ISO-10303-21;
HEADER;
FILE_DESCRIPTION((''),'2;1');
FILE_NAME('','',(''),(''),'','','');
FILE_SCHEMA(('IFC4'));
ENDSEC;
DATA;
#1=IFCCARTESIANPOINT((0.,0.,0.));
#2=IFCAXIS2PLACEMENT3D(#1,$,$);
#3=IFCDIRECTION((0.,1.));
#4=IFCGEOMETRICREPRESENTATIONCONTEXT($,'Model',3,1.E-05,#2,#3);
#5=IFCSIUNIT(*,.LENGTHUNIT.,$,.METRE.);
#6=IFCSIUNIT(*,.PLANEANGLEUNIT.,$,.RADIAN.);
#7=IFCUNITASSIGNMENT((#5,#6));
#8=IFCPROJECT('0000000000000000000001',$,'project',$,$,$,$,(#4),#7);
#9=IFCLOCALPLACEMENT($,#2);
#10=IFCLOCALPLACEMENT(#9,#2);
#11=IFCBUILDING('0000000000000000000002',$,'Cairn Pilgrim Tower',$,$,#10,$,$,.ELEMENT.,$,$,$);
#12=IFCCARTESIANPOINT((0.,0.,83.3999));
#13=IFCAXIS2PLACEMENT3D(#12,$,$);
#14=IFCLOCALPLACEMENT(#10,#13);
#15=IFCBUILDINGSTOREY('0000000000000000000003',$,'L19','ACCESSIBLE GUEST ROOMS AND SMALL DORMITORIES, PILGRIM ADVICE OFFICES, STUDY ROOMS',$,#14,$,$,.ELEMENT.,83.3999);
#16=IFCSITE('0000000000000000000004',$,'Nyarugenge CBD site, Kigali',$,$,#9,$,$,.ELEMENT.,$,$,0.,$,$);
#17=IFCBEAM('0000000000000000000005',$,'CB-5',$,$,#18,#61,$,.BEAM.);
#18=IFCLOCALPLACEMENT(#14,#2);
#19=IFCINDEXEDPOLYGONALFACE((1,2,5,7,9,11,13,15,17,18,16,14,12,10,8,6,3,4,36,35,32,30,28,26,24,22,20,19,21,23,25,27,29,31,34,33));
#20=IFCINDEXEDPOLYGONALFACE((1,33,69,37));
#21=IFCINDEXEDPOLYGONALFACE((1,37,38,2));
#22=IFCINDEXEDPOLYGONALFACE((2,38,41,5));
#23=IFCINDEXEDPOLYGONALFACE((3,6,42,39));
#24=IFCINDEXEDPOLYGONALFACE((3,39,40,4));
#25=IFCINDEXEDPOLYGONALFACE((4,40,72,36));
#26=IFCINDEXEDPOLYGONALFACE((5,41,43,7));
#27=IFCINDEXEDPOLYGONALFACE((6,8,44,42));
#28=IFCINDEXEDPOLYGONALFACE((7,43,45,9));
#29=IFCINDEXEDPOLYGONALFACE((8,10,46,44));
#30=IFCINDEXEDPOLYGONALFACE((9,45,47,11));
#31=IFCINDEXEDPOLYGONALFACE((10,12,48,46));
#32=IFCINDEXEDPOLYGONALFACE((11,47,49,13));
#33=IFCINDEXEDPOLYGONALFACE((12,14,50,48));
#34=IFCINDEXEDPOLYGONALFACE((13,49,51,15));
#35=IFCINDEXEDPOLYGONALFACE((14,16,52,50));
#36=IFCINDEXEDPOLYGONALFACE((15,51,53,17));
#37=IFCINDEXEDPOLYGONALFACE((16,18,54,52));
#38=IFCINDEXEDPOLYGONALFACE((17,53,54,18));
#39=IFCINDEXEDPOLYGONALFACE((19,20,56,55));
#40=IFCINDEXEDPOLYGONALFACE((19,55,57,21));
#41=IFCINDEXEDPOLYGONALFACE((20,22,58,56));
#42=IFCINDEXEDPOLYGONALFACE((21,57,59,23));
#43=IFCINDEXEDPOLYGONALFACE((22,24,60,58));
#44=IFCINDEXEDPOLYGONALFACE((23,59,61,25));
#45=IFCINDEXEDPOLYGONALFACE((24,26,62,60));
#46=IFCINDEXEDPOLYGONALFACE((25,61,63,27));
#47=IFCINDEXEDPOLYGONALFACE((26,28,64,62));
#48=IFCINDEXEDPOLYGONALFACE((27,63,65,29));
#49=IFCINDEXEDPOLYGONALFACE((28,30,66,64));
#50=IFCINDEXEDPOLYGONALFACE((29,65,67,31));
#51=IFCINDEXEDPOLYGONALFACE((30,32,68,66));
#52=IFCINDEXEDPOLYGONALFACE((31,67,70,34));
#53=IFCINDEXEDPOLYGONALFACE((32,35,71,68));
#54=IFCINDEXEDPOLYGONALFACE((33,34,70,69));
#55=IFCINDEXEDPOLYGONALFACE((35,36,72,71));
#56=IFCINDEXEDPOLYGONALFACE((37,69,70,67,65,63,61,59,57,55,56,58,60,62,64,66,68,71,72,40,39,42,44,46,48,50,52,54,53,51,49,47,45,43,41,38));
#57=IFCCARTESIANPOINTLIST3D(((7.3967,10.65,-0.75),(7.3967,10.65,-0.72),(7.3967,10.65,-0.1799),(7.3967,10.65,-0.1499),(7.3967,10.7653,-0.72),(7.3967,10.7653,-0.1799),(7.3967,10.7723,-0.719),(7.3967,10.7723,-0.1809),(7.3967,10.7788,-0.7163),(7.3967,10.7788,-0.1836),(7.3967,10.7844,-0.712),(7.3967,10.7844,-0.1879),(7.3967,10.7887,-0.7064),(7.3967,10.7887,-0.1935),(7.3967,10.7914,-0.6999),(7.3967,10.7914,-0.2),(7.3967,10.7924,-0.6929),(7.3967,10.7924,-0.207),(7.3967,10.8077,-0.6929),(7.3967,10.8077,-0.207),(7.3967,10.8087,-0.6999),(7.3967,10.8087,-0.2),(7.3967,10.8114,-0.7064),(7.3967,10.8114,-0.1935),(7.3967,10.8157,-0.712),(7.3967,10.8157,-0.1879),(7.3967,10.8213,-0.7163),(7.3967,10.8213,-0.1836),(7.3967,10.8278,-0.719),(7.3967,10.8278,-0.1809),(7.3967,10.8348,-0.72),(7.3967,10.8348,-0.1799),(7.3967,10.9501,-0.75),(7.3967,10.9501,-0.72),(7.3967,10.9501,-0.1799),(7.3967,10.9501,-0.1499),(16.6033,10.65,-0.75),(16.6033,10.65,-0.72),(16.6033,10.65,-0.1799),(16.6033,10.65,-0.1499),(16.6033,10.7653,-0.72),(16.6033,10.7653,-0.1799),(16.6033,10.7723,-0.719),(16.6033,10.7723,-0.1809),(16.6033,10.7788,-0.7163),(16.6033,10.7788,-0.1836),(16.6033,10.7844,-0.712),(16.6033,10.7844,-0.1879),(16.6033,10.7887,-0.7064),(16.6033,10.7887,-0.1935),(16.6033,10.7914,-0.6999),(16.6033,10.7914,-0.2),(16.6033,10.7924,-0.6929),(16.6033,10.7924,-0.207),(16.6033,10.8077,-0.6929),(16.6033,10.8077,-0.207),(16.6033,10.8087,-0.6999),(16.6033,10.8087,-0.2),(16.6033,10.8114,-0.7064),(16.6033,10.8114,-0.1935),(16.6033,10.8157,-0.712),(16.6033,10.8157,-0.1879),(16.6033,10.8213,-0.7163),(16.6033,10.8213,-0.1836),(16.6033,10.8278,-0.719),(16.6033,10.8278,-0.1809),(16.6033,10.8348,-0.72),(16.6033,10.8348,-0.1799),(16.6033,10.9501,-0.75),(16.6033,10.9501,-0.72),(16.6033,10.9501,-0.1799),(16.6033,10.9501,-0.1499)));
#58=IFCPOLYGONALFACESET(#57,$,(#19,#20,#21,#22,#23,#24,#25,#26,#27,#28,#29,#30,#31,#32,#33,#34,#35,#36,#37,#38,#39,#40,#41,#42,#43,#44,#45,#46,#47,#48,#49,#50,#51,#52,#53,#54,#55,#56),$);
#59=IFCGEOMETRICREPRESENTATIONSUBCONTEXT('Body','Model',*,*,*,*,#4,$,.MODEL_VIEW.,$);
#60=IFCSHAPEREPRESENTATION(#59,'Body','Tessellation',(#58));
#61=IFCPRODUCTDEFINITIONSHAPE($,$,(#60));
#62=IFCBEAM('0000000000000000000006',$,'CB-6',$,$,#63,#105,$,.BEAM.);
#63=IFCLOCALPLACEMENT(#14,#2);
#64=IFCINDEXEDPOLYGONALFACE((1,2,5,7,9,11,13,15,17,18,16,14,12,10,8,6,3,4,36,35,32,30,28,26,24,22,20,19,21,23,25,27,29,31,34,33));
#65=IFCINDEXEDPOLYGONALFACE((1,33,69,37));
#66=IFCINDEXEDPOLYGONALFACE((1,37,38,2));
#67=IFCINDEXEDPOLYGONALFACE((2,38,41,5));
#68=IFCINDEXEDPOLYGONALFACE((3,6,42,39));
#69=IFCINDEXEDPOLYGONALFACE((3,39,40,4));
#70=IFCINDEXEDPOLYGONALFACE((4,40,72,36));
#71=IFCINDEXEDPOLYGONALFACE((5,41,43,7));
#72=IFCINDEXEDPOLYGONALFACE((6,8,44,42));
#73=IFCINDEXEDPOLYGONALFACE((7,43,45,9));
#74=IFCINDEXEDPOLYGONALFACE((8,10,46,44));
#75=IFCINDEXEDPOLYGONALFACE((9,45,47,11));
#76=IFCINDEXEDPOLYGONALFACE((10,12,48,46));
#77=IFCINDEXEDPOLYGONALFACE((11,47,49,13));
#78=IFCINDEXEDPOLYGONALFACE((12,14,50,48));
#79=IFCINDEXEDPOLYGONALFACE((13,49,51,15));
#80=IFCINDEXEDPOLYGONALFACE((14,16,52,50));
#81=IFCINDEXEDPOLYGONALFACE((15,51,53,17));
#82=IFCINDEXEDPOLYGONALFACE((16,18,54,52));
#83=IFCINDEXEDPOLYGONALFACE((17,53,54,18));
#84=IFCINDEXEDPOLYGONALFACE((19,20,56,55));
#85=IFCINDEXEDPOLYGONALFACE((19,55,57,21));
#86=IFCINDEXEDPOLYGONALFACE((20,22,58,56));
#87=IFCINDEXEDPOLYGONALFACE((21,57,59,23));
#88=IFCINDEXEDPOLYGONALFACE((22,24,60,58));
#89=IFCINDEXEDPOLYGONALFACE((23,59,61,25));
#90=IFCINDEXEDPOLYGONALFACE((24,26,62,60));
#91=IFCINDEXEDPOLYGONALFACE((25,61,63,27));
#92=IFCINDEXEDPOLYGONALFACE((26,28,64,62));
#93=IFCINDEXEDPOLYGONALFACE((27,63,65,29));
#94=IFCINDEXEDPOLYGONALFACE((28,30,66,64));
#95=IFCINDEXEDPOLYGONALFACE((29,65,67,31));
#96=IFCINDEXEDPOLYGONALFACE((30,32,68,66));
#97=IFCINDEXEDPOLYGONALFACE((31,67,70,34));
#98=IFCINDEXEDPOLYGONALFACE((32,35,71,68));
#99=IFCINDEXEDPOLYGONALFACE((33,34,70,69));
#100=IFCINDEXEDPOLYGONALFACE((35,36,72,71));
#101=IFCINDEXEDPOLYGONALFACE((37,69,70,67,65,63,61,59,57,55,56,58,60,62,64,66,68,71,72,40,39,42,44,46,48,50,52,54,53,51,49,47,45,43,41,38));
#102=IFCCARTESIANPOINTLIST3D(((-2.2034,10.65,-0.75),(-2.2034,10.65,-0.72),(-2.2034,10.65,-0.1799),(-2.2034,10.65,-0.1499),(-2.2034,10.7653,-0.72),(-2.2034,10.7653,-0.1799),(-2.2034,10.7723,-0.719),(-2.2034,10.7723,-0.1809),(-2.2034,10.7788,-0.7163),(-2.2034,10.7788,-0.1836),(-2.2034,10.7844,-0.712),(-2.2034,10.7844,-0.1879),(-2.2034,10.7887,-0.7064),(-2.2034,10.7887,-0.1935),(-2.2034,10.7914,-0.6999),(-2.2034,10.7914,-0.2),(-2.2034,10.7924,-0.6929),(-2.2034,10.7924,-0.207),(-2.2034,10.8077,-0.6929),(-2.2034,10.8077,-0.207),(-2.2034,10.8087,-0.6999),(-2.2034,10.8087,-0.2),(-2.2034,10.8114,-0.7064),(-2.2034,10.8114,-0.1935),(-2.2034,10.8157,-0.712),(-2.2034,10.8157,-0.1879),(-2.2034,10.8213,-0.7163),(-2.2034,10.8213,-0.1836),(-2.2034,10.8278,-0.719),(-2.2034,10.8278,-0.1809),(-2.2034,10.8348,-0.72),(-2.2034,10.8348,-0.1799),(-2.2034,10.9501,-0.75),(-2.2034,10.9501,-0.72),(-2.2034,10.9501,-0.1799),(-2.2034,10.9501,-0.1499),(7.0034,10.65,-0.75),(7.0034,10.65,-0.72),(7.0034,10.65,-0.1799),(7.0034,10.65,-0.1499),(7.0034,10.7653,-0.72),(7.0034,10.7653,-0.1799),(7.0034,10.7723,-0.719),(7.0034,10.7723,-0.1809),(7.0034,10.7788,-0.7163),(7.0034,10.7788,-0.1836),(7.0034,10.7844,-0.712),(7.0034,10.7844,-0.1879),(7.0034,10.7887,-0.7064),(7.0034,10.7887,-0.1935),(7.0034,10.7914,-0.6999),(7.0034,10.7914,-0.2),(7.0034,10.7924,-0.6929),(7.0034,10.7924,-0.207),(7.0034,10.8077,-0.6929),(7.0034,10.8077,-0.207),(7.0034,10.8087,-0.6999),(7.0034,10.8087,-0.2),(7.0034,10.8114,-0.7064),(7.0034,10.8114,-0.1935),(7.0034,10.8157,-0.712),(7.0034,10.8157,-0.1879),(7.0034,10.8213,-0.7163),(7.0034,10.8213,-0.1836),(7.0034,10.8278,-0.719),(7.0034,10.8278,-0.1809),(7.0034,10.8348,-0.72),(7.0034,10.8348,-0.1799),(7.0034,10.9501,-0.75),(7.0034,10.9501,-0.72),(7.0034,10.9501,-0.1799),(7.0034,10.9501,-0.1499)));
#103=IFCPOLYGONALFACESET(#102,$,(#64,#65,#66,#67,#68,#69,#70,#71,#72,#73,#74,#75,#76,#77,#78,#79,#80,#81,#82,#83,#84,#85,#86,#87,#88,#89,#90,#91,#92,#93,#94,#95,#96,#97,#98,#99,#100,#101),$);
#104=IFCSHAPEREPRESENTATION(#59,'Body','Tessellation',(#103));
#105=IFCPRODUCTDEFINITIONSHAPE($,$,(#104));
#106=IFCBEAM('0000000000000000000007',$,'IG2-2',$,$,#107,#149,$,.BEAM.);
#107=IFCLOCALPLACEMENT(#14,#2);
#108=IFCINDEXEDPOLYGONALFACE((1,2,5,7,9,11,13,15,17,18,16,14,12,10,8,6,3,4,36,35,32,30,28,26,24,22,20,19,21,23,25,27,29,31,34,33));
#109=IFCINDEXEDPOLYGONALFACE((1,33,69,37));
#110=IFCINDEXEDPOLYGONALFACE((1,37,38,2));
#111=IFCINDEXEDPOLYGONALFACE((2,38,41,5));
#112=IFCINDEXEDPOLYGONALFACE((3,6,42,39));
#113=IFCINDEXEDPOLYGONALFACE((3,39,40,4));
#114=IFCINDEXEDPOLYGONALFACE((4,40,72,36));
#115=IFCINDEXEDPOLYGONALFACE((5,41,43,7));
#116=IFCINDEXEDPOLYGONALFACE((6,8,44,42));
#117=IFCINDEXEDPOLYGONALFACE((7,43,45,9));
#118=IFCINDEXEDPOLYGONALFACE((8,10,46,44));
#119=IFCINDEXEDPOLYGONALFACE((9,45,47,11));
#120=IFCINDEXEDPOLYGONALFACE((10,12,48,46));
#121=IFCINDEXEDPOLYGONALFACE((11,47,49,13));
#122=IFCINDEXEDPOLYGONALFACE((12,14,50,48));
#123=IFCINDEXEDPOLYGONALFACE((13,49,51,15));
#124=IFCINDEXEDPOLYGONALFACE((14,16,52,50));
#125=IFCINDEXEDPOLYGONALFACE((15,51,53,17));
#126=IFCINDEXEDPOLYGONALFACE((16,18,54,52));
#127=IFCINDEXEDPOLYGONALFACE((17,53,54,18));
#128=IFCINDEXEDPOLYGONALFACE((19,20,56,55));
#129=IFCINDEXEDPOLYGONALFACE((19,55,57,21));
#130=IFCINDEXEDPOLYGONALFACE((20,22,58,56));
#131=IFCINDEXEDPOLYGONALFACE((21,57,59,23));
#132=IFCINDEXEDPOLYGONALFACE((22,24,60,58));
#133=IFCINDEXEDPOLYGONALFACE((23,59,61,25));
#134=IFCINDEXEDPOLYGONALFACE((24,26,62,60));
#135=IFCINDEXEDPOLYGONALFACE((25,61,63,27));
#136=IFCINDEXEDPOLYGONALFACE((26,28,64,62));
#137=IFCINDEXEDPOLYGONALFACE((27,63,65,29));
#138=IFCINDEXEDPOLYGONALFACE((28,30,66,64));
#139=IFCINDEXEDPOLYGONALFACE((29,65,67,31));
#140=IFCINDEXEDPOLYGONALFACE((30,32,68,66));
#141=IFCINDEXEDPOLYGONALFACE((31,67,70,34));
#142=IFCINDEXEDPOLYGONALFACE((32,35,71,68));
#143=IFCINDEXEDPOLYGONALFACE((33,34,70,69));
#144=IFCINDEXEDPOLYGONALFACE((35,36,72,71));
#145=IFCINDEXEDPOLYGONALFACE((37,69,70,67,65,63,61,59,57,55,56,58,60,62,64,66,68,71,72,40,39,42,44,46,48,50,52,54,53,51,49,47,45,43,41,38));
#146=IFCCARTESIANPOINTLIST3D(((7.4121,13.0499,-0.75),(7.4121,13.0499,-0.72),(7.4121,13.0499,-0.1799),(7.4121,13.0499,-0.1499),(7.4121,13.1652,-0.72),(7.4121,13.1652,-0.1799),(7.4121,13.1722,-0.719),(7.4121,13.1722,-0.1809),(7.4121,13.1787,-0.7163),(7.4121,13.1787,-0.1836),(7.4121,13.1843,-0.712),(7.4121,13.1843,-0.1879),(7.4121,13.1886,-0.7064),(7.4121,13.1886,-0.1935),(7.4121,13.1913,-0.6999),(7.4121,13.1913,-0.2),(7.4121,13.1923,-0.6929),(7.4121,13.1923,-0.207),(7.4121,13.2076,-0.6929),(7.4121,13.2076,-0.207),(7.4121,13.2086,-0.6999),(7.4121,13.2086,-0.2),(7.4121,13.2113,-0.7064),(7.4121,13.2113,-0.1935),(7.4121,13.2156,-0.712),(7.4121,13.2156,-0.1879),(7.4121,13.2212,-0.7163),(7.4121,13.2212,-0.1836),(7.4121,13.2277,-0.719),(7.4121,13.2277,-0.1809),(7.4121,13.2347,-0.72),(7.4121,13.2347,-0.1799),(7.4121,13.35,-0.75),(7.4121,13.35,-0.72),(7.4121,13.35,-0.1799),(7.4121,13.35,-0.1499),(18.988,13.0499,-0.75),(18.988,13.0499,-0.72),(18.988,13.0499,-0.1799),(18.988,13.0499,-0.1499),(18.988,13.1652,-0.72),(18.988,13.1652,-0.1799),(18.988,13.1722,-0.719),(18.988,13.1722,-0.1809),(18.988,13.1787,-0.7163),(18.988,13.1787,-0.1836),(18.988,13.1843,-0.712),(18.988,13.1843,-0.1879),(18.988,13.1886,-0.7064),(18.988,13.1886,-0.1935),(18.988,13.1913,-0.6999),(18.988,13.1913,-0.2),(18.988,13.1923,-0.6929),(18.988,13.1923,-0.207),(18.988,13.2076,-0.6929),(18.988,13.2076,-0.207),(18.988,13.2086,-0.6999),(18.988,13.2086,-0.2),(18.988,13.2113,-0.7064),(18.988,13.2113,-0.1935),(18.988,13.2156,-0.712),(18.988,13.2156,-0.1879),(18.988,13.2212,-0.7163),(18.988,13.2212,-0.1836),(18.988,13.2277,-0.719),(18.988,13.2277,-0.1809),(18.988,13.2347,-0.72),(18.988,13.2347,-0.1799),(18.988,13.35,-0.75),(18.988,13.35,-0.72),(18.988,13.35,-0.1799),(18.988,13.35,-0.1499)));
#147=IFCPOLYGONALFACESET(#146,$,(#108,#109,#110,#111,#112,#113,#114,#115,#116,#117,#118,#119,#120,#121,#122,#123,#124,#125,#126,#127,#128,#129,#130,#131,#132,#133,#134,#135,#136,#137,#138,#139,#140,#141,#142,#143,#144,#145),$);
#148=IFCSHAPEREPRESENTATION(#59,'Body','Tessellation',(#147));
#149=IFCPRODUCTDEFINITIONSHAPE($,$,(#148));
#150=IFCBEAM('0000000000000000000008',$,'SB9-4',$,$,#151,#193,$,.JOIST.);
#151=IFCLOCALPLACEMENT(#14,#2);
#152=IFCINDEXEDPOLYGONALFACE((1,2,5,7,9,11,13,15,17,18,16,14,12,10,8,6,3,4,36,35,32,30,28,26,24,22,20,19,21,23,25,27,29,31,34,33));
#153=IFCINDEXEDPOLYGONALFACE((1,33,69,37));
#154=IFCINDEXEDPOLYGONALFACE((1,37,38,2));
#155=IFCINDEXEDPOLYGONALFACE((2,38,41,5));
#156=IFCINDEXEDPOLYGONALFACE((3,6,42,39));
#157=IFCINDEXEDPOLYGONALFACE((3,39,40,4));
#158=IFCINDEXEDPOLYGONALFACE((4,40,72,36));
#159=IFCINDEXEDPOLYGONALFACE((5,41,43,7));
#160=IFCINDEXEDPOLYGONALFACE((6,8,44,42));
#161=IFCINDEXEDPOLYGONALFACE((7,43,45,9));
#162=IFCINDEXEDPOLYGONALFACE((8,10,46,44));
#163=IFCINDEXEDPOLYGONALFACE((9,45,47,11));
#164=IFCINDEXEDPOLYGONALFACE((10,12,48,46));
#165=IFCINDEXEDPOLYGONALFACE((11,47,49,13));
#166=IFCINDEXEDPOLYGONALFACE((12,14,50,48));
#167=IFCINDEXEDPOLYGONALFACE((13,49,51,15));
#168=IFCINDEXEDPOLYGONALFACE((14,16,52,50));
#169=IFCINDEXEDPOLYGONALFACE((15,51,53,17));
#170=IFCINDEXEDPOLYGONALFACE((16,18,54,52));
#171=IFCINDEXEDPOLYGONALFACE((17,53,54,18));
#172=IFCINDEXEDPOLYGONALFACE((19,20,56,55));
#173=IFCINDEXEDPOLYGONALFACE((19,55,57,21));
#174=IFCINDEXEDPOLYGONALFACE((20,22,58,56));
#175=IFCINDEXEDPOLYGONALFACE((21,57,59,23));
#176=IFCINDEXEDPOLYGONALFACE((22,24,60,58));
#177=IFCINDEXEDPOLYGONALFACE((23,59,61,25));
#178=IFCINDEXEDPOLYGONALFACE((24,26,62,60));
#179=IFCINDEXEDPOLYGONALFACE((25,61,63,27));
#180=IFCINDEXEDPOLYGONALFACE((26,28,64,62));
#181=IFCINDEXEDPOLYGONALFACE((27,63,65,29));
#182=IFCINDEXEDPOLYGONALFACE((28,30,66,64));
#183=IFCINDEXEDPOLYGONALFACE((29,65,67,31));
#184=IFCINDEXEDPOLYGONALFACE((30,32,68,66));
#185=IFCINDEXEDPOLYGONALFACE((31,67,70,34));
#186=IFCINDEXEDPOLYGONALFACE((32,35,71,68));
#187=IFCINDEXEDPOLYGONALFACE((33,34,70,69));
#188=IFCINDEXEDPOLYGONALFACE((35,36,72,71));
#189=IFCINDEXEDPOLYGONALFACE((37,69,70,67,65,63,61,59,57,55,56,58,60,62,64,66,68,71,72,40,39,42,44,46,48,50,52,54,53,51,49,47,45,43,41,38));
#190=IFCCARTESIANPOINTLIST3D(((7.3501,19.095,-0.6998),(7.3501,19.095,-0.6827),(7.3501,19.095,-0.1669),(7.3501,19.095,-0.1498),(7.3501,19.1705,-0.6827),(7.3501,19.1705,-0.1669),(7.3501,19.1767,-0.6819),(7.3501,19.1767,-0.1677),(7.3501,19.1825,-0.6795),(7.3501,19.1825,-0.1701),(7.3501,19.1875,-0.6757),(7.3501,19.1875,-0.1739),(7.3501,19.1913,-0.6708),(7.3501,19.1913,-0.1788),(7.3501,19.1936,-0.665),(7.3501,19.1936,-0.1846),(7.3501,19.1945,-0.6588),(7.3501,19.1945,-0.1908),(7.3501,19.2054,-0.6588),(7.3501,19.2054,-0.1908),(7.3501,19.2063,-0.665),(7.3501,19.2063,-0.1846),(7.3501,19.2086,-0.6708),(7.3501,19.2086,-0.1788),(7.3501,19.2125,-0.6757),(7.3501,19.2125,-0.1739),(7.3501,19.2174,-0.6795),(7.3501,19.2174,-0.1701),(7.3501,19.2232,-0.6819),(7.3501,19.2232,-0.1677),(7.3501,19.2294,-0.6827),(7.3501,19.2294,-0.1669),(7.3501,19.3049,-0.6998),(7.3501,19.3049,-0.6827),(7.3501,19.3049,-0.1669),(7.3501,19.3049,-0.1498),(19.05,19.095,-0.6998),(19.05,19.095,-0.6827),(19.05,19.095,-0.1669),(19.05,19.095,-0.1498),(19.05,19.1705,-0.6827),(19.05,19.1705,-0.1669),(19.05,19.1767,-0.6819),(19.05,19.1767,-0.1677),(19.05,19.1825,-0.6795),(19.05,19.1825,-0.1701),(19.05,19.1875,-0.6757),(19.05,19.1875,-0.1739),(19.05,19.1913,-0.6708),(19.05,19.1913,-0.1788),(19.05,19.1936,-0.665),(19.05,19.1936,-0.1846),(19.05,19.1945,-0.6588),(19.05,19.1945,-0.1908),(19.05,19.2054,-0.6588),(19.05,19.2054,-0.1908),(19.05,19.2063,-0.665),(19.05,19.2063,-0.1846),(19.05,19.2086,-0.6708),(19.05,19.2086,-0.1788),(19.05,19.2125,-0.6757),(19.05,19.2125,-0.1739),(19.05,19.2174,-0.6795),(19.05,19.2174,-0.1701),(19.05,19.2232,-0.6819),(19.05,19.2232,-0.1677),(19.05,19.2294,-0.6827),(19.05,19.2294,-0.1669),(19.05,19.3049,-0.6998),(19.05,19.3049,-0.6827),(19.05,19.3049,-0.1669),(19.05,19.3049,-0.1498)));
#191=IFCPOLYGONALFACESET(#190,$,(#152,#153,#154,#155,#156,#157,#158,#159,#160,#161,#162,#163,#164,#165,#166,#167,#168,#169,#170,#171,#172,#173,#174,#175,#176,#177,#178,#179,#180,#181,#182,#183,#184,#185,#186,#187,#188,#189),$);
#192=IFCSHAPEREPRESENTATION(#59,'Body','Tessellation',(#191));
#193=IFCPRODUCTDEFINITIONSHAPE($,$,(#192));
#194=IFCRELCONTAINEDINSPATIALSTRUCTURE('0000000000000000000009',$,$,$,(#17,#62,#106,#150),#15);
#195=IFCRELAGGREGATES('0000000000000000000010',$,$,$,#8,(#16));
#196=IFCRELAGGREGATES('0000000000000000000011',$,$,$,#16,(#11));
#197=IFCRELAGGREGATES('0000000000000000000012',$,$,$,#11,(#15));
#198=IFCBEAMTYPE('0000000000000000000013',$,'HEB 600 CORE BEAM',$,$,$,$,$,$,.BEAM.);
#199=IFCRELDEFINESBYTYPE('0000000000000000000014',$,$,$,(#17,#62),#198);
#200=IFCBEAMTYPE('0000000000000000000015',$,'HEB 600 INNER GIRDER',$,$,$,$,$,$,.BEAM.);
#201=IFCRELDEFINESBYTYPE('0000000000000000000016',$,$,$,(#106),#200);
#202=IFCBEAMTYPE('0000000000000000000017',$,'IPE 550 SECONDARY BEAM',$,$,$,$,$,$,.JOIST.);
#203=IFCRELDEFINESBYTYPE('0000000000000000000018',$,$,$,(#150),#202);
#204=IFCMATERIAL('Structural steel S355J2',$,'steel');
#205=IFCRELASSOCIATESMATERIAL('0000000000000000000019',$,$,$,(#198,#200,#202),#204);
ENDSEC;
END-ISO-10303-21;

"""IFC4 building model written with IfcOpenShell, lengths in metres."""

from ifc_helpers import new_model, si_unit, direction, frame, origin, origin_2d, place, context, subcontext, project, spatial, i_section, extrude, material, material_profile, profile_set, type_object, element, save


model = new_model("IFC4")

# Units and contexts
model_context = context("Model", 3, precision=1e-05, world=origin(), true_north=direction((0.0, 1.0)))
body_context = subcontext(model_context, "Body", "Model", "MODEL_VIEW")
ifc_project = project(units=[si_unit("LENGTHUNIT", "METRE"), si_unit("PLANEANGLEUNIT", "RADIAN")], contexts=[model_context])

# Site, building, storey
site_placement = place(None, origin())
site = spatial("IfcSite", under=ifc_project, at=site_placement, Name="Nyarugenge CBD site, Kigali", CompositionType="ELEMENT", RefElevation=0.0)
building_placement = place(site_placement, origin())
building = spatial("IfcBuilding", under=site, at=building_placement, Name="Cairn Pilgrim Tower", CompositionType="ELEMENT")
storey_placement = place(building_placement, frame((0.0, 0.0, 83.3999)))
storey = spatial("IfcBuildingStorey", under=building, at=storey_placement, Name="L19", Description="ACCESSIBLE GUEST ROOMS AND SMALL DORMITORIES, PILGRIM ADVICE OFFICES, STUDY ROOMS", CompositionType="ELEMENT", Elevation=83.3999)

# Beams
ifc_material_1 = material(Name="Structural steel S355J2", Category="steel")
ifc_material_profile_1 = material_profile(ifc_material_1, i_section(OverallWidth=0.3, OverallDepth=0.6001, WebThickness=0.0154, FlangeThickness=0.03, FilletRadius=0.0271, at=origin_2d()), Name="HEB 600")
ifc_profile_set_1 = profile_set([ifc_material_profile_1], Name="Structural steel S355J2")
beam_type_1 = type_object("IfcBeamType", Name="HEB 600 CORE BEAM", PredefinedType="BEAM", material=ifc_profile_set_1)
beam_1_placement = place(storey_placement, frame((16.6033, 10.8, -0.45), z_axis=(-1.0, 0.0, 0.0), x_axis=(0.0, -1.0, 0.0)))
element("IfcBeam", 1, at=beam_1_placement, inside=storey, type_object=beam_type_1, Name="CB-5", PredefinedType="BEAM", context=body_context, shape_type="SweptSolid", body=[
    extrude(i_section(OverallWidth=0.3, OverallDepth=0.6001, WebThickness=0.0154, FlangeThickness=0.03, FilletRadius=0.0271, at=origin_2d()), origin(), (0.0, 0.0, 1.0), 9.2065),
])
beam_2_placement = place(storey_placement, frame((7.0034, 10.8, -0.45), z_axis=(-1.0, 0.0, 0.0), x_axis=(0.0, -1.0, 0.0)))
element("IfcBeam", 2, at=beam_2_placement, inside=storey, type_object=beam_type_1, Name="CB-6", PredefinedType="BEAM", context=body_context, shape_type="SweptSolid", body=[
    extrude(i_section(OverallWidth=0.3, OverallDepth=0.6001, WebThickness=0.0154, FlangeThickness=0.03, FilletRadius=0.0271, at=origin_2d()), origin(), (0.0, 0.0, 1.0), 9.2068),
])
ifc_material_profile_2 = material_profile(ifc_material_1, i_section(OverallWidth=0.3, OverallDepth=0.6001, WebThickness=0.0154, FlangeThickness=0.03, FilletRadius=0.0271, at=origin_2d()), Name="HEB 600")
ifc_profile_set_2 = profile_set([ifc_material_profile_2], Name="Structural steel S355J2")
beam_type_2 = type_object("IfcBeamType", Name="HEB 600 INNER GIRDER", PredefinedType="BEAM", material=ifc_profile_set_2)
beam_3_placement = place(storey_placement, frame((7.4121, 13.2, -0.45), z_axis=(1.0, 0.0, 0.0), x_axis=(0.0, 1.0, 0.0)))
element("IfcBeam", 3, at=beam_3_placement, inside=storey, type_object=beam_type_2, Name="IG2-2", PredefinedType="BEAM", context=body_context, shape_type="SweptSolid", body=[
    extrude(i_section(OverallWidth=0.3, OverallDepth=0.6001, WebThickness=0.0154, FlangeThickness=0.03, FilletRadius=0.0271, at=origin_2d()), origin(), (0.0, 0.0, 1.0), 11.5759),
])
ifc_material_profile_3 = material_profile(ifc_material_1, i_section(OverallWidth=0.21, OverallDepth=0.55, WebThickness=0.011, FlangeThickness=0.0171, FilletRadius=0.0239, at=origin_2d()), Name="IPE 550")
ifc_profile_set_3 = profile_set([ifc_material_profile_3], Name="Structural steel S355J2")
beam_type_3 = type_object("IfcBeamType", Name="IPE 550 SECONDARY BEAM", PredefinedType="JOIST", material=ifc_profile_set_3)
beam_4_placement = place(storey_placement, frame((7.3501, 19.2, -0.4248), z_axis=(1.0, 0.0, 0.0), x_axis=(0.0, 1.0, 0.0)))
element("IfcBeam", 4, at=beam_4_placement, inside=storey, type_object=beam_type_3, Name="SB9-4", PredefinedType="JOIST", context=body_context, shape_type="SweptSolid", body=[
    extrude(i_section(OverallWidth=0.21, OverallDepth=0.55, WebThickness=0.011, FlangeThickness=0.0171, FilletRadius=0.0239, at=origin_2d()), origin(), (0.0, 0.0, 1.0), 11.7),
])

save(model, "model.ifc")
